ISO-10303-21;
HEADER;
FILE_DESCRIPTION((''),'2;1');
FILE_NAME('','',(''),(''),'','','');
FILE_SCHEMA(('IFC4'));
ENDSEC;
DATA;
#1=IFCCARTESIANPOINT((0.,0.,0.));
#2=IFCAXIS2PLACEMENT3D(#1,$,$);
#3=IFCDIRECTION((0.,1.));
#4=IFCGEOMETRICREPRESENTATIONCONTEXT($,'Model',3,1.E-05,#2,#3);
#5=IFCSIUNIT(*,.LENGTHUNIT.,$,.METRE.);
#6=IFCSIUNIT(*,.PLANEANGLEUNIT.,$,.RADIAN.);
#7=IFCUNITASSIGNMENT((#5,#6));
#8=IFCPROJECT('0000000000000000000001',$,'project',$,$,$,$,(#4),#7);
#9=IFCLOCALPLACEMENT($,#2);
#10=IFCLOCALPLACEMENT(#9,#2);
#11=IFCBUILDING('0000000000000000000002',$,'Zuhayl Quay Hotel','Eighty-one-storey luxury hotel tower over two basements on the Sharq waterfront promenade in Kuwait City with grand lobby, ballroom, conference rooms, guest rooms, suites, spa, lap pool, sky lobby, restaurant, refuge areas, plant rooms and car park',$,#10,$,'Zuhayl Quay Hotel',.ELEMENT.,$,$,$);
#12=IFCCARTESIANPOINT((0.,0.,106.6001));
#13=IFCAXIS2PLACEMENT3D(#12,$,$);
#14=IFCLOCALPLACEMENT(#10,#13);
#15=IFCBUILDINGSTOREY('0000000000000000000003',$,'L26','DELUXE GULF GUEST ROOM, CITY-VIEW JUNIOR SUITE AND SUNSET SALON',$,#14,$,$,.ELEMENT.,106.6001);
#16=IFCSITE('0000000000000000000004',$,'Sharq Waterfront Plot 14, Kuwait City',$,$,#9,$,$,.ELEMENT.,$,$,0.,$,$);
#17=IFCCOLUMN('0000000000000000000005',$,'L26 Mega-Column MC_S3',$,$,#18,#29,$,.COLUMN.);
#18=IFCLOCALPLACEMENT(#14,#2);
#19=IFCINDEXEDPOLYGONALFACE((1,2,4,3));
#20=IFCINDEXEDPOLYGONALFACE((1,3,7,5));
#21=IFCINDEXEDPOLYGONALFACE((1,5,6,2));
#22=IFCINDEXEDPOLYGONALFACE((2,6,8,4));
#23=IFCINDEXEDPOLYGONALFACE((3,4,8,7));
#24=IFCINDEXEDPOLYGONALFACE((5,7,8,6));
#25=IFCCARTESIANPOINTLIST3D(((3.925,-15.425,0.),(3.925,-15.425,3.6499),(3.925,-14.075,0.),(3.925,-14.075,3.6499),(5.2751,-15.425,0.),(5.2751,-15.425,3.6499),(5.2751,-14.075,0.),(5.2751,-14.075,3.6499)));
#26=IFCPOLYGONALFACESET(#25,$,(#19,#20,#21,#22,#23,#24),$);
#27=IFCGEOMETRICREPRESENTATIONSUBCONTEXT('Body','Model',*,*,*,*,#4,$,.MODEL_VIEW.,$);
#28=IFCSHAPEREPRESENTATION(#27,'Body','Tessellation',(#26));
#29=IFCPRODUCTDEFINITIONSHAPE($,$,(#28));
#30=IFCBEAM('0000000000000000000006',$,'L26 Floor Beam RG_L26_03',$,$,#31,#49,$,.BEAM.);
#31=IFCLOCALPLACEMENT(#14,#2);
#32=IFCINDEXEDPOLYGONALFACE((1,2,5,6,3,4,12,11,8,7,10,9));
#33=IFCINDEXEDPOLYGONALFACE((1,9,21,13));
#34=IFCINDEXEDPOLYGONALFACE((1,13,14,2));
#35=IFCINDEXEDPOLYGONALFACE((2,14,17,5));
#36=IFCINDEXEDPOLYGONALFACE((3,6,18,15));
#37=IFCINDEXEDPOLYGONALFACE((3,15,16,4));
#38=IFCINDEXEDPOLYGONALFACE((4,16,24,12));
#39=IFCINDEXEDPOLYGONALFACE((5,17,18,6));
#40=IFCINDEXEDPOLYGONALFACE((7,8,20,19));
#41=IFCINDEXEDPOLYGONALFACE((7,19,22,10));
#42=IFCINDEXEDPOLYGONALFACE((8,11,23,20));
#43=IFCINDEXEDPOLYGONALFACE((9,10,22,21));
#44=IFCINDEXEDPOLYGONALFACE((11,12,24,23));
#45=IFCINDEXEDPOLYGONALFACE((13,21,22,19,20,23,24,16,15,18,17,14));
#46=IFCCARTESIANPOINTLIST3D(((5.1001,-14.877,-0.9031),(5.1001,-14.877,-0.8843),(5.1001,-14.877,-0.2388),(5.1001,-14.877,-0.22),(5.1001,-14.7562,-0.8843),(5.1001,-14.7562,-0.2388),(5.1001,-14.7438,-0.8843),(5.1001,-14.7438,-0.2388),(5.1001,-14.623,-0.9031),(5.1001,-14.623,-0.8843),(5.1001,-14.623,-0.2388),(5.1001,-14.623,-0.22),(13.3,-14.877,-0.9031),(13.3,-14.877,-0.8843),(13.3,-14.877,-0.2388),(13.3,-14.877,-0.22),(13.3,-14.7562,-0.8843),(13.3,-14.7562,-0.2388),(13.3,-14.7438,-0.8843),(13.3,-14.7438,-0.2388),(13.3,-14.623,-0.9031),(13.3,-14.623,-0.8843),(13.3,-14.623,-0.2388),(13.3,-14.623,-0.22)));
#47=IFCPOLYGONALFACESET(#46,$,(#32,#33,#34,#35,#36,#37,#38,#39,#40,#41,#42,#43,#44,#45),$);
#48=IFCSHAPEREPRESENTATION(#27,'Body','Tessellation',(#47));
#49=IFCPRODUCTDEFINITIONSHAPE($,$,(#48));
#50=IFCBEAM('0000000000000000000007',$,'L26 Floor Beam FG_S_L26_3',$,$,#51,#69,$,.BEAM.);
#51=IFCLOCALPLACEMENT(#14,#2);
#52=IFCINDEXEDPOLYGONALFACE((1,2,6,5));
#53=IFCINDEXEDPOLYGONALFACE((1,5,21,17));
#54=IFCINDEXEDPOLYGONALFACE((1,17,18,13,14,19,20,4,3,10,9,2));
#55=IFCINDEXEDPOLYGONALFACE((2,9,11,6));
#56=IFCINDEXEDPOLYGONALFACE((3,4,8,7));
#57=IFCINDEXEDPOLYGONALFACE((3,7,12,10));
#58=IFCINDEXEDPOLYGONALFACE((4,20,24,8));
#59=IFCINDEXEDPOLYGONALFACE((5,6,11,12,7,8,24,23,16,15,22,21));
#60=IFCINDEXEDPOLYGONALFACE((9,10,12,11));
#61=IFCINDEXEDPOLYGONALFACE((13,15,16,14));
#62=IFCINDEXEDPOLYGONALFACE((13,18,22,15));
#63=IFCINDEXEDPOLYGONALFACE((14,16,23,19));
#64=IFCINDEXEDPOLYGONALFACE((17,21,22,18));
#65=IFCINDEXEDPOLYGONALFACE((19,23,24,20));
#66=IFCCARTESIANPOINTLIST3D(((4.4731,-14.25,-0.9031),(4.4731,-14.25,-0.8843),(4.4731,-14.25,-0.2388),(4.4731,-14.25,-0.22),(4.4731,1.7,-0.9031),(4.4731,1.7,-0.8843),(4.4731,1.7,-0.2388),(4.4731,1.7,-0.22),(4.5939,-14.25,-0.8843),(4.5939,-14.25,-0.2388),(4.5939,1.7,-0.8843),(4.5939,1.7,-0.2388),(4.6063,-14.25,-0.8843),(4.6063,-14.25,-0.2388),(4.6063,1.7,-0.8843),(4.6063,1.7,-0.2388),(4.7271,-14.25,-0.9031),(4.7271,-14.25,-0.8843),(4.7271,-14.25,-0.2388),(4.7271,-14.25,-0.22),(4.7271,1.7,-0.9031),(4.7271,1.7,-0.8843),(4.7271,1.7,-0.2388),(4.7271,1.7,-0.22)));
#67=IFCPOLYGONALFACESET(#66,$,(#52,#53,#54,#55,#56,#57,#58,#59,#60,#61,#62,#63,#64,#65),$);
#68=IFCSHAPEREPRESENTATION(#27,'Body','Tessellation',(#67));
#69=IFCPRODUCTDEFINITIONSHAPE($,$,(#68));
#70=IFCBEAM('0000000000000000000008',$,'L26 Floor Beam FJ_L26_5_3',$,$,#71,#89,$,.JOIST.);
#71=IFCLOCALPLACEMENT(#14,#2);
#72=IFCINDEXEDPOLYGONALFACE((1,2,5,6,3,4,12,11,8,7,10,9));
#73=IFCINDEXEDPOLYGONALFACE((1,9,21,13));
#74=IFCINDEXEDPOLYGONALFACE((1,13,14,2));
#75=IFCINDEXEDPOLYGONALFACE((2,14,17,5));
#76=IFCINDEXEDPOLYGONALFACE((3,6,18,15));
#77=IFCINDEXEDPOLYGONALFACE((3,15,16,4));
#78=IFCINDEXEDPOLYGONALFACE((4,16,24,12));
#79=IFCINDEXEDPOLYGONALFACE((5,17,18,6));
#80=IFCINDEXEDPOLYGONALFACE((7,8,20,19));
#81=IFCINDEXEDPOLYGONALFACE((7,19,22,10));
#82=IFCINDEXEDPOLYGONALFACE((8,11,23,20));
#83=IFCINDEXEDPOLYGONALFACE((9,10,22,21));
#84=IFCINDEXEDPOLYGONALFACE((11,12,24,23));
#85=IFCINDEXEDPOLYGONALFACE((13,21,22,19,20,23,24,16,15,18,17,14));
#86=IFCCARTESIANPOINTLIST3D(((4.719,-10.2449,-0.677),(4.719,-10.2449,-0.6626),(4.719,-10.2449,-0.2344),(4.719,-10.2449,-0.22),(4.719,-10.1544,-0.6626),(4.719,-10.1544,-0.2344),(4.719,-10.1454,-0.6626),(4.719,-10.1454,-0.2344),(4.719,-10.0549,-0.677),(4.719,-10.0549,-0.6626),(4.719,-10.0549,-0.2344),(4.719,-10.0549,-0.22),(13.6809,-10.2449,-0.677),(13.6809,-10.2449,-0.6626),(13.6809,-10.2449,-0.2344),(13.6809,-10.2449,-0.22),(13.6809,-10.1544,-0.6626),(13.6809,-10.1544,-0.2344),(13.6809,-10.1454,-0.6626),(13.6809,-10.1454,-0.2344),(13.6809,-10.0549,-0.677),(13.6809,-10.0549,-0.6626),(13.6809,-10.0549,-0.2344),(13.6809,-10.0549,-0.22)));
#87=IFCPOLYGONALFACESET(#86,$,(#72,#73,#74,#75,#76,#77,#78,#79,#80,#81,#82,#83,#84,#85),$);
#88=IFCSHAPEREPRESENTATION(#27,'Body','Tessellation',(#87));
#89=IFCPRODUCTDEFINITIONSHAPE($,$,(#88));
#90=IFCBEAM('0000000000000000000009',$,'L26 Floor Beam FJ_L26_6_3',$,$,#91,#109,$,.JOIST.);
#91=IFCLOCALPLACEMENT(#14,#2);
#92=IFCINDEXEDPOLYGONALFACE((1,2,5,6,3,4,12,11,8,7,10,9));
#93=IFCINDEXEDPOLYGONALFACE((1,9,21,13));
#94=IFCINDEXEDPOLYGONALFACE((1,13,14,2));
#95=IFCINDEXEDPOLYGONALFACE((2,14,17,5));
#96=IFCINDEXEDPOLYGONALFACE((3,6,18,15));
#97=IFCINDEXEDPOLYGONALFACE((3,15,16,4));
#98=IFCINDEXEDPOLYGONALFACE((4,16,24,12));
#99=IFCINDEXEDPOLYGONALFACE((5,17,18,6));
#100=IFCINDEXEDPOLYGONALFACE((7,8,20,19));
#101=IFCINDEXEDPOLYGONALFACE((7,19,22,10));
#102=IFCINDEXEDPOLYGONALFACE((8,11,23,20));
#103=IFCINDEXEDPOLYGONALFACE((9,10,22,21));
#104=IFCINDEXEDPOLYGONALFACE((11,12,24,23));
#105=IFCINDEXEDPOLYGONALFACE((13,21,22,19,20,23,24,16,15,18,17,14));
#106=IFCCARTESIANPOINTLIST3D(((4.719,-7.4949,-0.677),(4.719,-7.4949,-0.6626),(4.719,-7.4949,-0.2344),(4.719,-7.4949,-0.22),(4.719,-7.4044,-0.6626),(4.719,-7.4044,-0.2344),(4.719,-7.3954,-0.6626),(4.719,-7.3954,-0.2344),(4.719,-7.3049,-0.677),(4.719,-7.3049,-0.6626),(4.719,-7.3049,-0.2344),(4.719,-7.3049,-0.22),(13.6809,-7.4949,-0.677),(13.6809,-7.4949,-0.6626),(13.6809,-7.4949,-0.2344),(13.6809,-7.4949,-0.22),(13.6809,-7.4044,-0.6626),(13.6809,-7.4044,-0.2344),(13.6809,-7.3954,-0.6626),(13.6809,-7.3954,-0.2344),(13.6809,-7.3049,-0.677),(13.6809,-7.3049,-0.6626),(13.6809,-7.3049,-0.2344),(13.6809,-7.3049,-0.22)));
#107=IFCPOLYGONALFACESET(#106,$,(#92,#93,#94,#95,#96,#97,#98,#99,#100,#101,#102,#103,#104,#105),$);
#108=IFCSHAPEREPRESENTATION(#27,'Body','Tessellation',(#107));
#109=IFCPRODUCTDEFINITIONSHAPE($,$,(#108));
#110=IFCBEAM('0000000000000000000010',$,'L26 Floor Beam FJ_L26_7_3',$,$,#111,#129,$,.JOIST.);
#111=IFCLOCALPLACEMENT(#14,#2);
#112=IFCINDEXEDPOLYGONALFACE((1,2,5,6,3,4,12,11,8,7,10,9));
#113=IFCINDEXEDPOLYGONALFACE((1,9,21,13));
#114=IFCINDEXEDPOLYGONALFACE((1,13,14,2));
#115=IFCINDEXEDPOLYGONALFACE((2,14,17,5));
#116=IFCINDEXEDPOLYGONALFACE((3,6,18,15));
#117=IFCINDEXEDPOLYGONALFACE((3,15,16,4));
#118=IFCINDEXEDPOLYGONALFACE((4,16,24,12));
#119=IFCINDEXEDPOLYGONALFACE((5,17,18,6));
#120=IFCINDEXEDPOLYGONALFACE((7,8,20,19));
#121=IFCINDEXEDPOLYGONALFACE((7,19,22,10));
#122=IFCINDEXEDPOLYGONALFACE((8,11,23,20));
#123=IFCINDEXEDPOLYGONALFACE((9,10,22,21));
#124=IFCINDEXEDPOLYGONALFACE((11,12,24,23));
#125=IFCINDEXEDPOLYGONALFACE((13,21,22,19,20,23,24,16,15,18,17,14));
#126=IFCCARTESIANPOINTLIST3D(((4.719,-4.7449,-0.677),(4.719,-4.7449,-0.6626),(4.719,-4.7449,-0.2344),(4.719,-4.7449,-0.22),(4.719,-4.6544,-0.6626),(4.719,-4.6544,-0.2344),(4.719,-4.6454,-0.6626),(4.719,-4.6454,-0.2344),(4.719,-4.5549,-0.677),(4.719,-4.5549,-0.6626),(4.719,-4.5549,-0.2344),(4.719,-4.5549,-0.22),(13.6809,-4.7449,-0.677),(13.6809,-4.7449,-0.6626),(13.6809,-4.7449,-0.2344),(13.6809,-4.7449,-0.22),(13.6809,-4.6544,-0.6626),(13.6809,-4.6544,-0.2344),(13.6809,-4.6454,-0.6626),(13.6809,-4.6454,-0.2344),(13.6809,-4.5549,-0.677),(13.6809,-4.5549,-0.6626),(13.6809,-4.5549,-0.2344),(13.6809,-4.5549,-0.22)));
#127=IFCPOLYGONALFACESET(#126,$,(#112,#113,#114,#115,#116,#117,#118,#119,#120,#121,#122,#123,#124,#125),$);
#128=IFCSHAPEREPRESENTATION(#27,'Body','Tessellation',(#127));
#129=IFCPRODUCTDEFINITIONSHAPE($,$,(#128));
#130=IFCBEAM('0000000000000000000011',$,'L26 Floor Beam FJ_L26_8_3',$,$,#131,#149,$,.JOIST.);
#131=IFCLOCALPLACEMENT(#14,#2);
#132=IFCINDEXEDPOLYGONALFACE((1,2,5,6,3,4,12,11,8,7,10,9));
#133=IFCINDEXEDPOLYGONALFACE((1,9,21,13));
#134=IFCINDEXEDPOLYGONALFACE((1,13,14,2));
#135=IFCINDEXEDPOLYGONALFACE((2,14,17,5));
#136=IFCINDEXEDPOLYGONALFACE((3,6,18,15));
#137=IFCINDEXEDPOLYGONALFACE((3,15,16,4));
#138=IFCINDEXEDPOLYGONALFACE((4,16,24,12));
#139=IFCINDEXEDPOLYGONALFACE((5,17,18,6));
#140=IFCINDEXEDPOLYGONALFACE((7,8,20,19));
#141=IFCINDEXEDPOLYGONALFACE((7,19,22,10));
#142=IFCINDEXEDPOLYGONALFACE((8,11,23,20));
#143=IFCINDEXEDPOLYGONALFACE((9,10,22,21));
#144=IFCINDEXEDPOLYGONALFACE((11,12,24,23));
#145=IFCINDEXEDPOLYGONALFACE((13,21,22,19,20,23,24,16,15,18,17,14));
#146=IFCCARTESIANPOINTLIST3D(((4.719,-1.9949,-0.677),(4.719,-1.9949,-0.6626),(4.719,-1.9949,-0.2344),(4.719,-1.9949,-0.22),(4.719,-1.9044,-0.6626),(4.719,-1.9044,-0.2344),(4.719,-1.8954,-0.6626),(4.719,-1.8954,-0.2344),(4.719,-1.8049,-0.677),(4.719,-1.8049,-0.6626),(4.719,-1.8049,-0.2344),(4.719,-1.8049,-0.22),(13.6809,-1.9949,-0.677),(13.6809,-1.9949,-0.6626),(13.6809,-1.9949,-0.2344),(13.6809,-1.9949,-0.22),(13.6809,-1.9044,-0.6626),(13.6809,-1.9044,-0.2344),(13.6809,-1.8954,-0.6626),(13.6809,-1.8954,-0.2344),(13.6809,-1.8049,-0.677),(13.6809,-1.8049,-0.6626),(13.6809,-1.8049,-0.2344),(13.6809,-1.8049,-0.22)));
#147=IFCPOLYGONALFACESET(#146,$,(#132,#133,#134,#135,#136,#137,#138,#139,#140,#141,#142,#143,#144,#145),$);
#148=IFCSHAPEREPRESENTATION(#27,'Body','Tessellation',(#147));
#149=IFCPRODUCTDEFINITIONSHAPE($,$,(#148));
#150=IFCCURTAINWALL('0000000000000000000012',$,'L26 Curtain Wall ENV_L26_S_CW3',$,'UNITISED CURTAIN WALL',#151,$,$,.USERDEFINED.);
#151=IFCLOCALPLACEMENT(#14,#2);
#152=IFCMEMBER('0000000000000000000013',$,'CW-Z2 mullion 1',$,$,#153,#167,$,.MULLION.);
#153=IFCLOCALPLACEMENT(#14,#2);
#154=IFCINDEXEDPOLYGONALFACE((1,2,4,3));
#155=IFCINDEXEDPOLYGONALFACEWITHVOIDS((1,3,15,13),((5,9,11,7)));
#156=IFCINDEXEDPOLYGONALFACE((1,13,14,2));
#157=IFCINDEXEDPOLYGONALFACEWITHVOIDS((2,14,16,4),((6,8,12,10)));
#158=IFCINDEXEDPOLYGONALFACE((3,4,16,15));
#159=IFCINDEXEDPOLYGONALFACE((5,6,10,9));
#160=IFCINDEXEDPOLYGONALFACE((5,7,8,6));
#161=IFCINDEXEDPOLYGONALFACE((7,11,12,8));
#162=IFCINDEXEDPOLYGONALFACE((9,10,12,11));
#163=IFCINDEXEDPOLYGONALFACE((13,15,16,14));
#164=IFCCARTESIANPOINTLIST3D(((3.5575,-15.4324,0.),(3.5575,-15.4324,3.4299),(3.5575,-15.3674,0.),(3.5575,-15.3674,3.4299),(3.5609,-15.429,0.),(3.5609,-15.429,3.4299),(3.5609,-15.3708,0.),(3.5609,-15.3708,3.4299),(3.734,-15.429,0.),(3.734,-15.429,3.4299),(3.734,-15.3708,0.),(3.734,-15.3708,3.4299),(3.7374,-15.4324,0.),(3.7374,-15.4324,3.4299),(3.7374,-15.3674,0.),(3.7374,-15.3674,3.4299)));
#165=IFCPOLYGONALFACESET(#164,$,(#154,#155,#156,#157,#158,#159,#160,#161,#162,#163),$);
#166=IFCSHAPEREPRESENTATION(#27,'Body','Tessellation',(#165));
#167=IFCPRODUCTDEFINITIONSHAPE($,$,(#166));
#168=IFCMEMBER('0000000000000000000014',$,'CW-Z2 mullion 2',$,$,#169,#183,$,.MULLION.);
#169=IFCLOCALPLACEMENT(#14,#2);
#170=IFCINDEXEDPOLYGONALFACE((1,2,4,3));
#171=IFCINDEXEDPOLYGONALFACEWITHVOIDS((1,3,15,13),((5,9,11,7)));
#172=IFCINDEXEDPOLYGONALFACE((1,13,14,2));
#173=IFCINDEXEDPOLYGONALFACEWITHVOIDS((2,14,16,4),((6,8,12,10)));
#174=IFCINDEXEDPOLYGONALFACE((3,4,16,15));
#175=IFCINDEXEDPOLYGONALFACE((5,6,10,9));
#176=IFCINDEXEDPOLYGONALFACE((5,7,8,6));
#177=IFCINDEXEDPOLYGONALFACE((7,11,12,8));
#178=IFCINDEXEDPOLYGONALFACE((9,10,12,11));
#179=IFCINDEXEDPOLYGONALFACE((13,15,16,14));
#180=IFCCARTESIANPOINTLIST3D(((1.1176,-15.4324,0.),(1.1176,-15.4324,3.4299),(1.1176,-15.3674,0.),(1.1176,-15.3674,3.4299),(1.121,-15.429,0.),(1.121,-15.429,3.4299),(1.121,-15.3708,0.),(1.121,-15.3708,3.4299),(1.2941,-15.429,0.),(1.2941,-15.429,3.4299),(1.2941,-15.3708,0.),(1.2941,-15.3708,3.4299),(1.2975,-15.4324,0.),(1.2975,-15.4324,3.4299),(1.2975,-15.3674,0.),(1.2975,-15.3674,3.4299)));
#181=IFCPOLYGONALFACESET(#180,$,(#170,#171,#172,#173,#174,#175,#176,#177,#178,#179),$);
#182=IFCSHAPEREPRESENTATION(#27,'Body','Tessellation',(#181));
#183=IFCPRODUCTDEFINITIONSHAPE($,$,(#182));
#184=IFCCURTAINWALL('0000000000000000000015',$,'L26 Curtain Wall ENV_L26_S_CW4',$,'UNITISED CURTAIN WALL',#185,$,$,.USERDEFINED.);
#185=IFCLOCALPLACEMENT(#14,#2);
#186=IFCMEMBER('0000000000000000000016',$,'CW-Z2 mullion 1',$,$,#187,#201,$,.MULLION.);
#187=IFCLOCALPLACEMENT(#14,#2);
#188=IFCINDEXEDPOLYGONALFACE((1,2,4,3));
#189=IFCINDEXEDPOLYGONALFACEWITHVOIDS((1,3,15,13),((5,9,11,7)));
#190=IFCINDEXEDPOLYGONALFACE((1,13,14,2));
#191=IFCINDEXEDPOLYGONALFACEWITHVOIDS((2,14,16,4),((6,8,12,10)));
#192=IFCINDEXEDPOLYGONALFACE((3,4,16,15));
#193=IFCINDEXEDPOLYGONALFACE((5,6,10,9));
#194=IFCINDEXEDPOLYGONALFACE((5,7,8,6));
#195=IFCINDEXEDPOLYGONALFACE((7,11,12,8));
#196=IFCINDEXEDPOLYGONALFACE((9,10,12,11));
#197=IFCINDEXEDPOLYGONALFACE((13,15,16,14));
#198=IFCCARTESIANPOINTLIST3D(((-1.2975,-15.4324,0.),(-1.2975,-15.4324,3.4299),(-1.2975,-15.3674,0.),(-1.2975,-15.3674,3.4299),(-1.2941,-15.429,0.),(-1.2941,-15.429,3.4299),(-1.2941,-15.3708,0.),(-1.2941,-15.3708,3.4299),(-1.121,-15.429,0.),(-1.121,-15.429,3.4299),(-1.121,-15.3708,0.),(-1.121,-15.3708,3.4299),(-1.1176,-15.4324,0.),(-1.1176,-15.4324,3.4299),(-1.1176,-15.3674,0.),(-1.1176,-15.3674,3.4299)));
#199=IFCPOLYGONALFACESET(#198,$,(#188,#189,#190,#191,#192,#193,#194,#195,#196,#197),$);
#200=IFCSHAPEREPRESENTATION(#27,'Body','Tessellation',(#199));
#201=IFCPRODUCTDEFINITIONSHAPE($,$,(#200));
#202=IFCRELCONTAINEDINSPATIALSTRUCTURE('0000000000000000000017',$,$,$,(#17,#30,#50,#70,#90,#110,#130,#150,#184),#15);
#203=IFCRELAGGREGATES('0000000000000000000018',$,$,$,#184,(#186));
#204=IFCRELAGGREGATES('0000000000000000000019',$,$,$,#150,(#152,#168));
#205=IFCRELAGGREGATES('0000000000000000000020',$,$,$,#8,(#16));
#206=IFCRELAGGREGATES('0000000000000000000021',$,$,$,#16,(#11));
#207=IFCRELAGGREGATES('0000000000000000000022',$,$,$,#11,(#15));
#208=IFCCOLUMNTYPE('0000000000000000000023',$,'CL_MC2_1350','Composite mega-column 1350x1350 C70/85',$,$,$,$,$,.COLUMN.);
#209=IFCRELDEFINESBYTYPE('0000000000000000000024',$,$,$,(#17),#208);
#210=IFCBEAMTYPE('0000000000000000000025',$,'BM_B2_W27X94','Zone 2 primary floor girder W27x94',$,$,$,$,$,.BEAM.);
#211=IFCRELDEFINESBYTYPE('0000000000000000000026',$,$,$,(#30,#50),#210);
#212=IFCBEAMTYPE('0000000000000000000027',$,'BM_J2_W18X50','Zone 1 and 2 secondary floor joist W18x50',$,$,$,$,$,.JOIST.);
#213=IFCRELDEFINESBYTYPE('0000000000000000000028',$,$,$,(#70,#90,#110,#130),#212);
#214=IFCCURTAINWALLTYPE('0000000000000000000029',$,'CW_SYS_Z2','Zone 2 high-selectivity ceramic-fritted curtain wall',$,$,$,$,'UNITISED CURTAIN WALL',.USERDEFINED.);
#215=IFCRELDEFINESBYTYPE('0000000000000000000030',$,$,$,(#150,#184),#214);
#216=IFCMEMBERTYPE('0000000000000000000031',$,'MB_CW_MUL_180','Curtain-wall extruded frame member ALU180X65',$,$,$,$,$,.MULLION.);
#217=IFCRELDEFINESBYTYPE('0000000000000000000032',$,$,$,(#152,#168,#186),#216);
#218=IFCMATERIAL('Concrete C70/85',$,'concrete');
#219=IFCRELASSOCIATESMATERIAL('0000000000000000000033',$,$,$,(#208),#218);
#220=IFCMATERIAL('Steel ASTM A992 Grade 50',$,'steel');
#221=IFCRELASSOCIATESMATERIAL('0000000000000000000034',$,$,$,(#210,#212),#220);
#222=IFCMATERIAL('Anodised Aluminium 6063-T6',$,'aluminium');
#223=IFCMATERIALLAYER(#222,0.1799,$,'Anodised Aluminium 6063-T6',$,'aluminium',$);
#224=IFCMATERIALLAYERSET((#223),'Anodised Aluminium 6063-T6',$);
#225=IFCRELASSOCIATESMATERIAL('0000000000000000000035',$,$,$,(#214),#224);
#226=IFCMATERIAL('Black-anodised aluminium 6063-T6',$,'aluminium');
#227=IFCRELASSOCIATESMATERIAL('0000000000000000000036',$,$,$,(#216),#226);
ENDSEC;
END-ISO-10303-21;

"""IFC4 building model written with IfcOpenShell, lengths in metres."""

from ifc_helpers import new_model, si_unit, direction, frame, origin, origin_2d, place, context, subcontext, project, spatial, rectangle, hollow_rectangle, i_section, extrude, material, layer, layer_set, material_profile, profile_set, type_object, element, aggregate, save


model = new_model("IFC4")

# Units and contexts
model_context = context("Model", 3, precision=1e-05, world=origin(), true_north=direction((0.0, 1.0)))
body_context = subcontext(model_context, "Body", "Model", "MODEL_VIEW")
ifc_project = project(units=[si_unit("LENGTHUNIT", "METRE"), si_unit("PLANEANGLEUNIT", "RADIAN")], contexts=[model_context])

# Site, building, storey
site_placement = place(None, origin())
site = spatial("IfcSite", under=ifc_project, at=site_placement, Name="Sharq Waterfront Plot 14, Kuwait City", CompositionType="ELEMENT", RefElevation=0.0)
building_placement = place(site_placement, origin())
building = spatial("IfcBuilding", under=site, at=building_placement, Name="Zuhayl Quay Hotel", Description="Eighty-one-storey luxury hotel tower over two basements on the Sharq waterfront promenade in Kuwait City with grand lobby, ballroom, conference rooms, guest rooms, suites, spa, lap pool, sky lobby, restaurant, refuge areas, plant rooms and car park", LongName="Zuhayl Quay Hotel", CompositionType="ELEMENT")
storey_placement = place(building_placement, frame((0.0, 0.0, 106.6001)))
storey = spatial("IfcBuildingStorey", under=building, at=storey_placement, Name="L26", Description="DELUXE GULF GUEST ROOM, CITY-VIEW JUNIOR SUITE AND SUNSET SALON", CompositionType="ELEMENT", Elevation=106.6001)

# Column
ifc_material_1 = material(Name="Concrete C70/85", Category="concrete")
ifc_material_profile_1 = material_profile(ifc_material_1, rectangle(XDim=1.3501, YDim=1.3501, at=origin_2d()), Name="RC1350X1350")
ifc_profile_set_1 = profile_set([ifc_material_profile_1], Name="Concrete C70/85")
column_type = type_object("IfcColumnType", Name="CL_MC2_1350", Description="Composite mega-column 1350x1350 C70/85", PredefinedType="COLUMN", material=ifc_profile_set_1)
column_placement = place(storey_placement, frame((4.6001, -14.75, 0.0), z_axis=(0.0, 0.0, 1.0), x_axis=(1.0, 0.0, 0.0)))
element("IfcColumn", 1, at=column_placement, inside=storey, type_object=column_type, Name="L26 Mega-Column MC_S3", PredefinedType="COLUMN", context=body_context, shape_type="SweptSolid", body=[
    extrude(rectangle(XDim=1.3501, YDim=1.3501, at=origin_2d()), origin(), (0.0, 0.0, 1.0), 3.6499),
])

# Beams
ifc_material_2 = material(Name="Steel ASTM A992 Grade 50", Category="steel")
ifc_material_profile_2 = material_profile(ifc_material_2, i_section(OverallWidth=0.2539, OverallDepth=0.6831, WebThickness=0.0125, FlangeThickness=0.0188, at=origin_2d()), Name="W27X94")
ifc_profile_set_2 = profile_set([ifc_material_profile_2], Name="Steel ASTM A992 Grade 50")
beam_type_1 = type_object("IfcBeamType", Name="BM_B2_W27X94", Description="Zone 2 primary floor girder W27x94", PredefinedType="BEAM", material=ifc_profile_set_2)
beam_1_placement = place(storey_placement, frame((5.1001, -14.75, -0.5615), z_axis=(1.0, 0.0, 0.0), x_axis=(0.0, 1.0, 0.0)))
element("IfcBeam", 2, at=beam_1_placement, inside=storey, type_object=beam_type_1, Name="L26 Floor Beam RG_L26_03", PredefinedType="BEAM", context=body_context, shape_type="SweptSolid", body=[
    extrude(i_section(OverallWidth=0.2539, OverallDepth=0.6831, WebThickness=0.0125, FlangeThickness=0.0188, at=origin_2d()), origin(), (0.0, 0.0, 1.0), 8.2),
])
beam_2_placement = place(storey_placement, frame((4.6001, -14.25, -0.5615), z_axis=(0.0, 1.0, 0.0), x_axis=(-1.0, 0.0, 0.0)))
element("IfcBeam", 3, at=beam_2_placement, inside=storey, type_object=beam_type_1, Name="L26 Floor Beam FG_S_L26_3", PredefinedType="BEAM", context=body_context, shape_type="SweptSolid", body=[
    extrude(i_section(OverallWidth=0.2539, OverallDepth=0.6831, WebThickness=0.0125, FlangeThickness=0.0188, at=origin_2d()), origin(), (0.0, 0.0, 1.0), 15.95),
])
ifc_material_profile_3 = material_profile(ifc_material_2, i_section(OverallWidth=0.1899, OverallDepth=0.457, WebThickness=0.009, FlangeThickness=0.0144, at=origin_2d()), Name="W18X50")
ifc_profile_set_3 = profile_set([ifc_material_profile_3], Name="Steel ASTM A992 Grade 50")
beam_type_2 = type_object("IfcBeamType", Name="BM_J2_W18X50", Description="Zone 1 and 2 secondary floor joist W18x50", PredefinedType="JOIST", material=ifc_profile_set_3)
for number, where, z_axis, x_axis, name in (
    (4, (4.719, -10.1499, -0.4485), (1.0, 0.0, 0.0), (0.0, 1.0, 0.0), "L26 Floor Beam FJ_L26_5_3"),
    (5, (4.719, -7.3999, -0.4485), (1.0, 0.0, 0.0), (0.0, 1.0, 0.0), "L26 Floor Beam FJ_L26_6_3"),
    (6, (4.719, -4.6499, -0.4485), (1.0, 0.0, 0.0), (0.0, 1.0, 0.0), "L26 Floor Beam FJ_L26_7_3"),
    (7, (4.719, -1.8999, -0.4485), (1.0, 0.0, 0.0), (0.0, 1.0, 0.0), "L26 Floor Beam FJ_L26_8_3"),
):
    element("IfcBeam", number, at=place(storey_placement, frame(where, z_axis=z_axis, x_axis=x_axis)), inside=storey, type_object=beam_type_2, Name=name, PredefinedType="JOIST", context=body_context, shape_type="SweptSolid", body=[
        extrude(i_section(OverallWidth=0.1899, OverallDepth=0.457, WebThickness=0.009, FlangeThickness=0.0144, at=origin_2d()), origin(), (0.0, 0.0, 1.0), 8.9619),
    ])

# Curtain wall, members
ifc_material_3 = material(Name="Anodised Aluminium 6063-T6", Category="aluminium")
ifc_layer_1 = layer(ifc_material_3, 0.1799, Name="Anodised Aluminium 6063-T6", Category="aluminium")
ifc_layer_set_1 = layer_set([ifc_layer_1], Name="Anodised Aluminium 6063-T6")
curtain_wall_type = type_object("IfcCurtainWallType", Name="CW_SYS_Z2", Description="Zone 2 high-selectivity ceramic-fritted curtain wall", ElementType="UNITISED CURTAIN WALL", PredefinedType="USERDEFINED", material=ifc_layer_set_1)
curtain_wall_1_placement = place(storey_placement, origin())
curtain_wall_1 = element("IfcCurtainWall", 8, at=curtain_wall_1_placement, inside=storey, type_object=curtain_wall_type, Name="L26 Curtain Wall ENV_L26_S_CW3", ObjectType="UNITISED CURTAIN WALL", PredefinedType="USERDEFINED")
ifc_material_4 = material(Name="Black-anodised aluminium 6063-T6", Category="aluminium")
ifc_material_profile_4 = material_profile(ifc_material_4, hollow_rectangle(XDim=0.0649, YDim=0.1799, WallThickness=0.0034, at=origin_2d()), Name="ALU180X65")
ifc_profile_set_4 = profile_set([ifc_material_profile_4], Name="Black-anodised aluminium 6063-T6")
member_type_1 = type_object("IfcMemberType", Name="MB_CW_MUL_180", Description="Curtain-wall extruded frame member ALU180X65", PredefinedType="MULLION", material=ifc_profile_set_4)
member_1_placement = place(storey_placement, frame((3.6475, -15.3999, 0.0), z_axis=(0.0, 0.0, 1.0), x_axis=(0.0, -1.0, 0.0)))
member_1 = element("IfcMember", 9, at=member_1_placement, type_object=member_type_1, Name="CW-Z2 mullion 1", PredefinedType="MULLION", context=body_context, shape_type="SweptSolid", body=[
    extrude(hollow_rectangle(XDim=0.0649, YDim=0.1799, WallThickness=0.0034, at=origin_2d()), origin(), (0.0, 0.0, 1.0), 3.4299),
])
member_2_placement = place(storey_placement, frame((1.2075, -15.3999, 0.0), z_axis=(0.0, 0.0, 1.0), x_axis=(0.0, -1.0, 0.0)))
member_2 = element("IfcMember", 10, at=member_2_placement, type_object=member_type_1, Name="CW-Z2 mullion 2", PredefinedType="MULLION", context=body_context, shape_type="SweptSolid", body=[
    extrude(hollow_rectangle(XDim=0.0649, YDim=0.1799, WallThickness=0.0034, at=origin_2d()), origin(), (0.0, 0.0, 1.0), 3.4299),
])

# Curtain wall, member
curtain_wall_2_placement = place(storey_placement, origin())
curtain_wall_2 = element("IfcCurtainWall", 11, at=curtain_wall_2_placement, inside=storey, type_object=curtain_wall_type, Name="L26 Curtain Wall ENV_L26_S_CW4", ObjectType="UNITISED CURTAIN WALL", PredefinedType="USERDEFINED")
member_3_placement = place(storey_placement, frame((-1.2075, -15.3999, 0.0), z_axis=(0.0, 0.0, 1.0), x_axis=(0.0, -1.0, 0.0)))
member_3 = element("IfcMember", 12, at=member_3_placement, type_object=member_type_1, Name="CW-Z2 mullion 1", PredefinedType="MULLION", context=body_context, shape_type="SweptSolid", body=[
    extrude(hollow_rectangle(XDim=0.0649, YDim=0.1799, WallThickness=0.0034, at=origin_2d()), origin(), (0.0, 0.0, 1.0), 3.4299),
])

aggregate(curtain_wall_2, [member_3])

aggregate(curtain_wall_1, [member_1, member_2])

save(model, "model.ifc")
